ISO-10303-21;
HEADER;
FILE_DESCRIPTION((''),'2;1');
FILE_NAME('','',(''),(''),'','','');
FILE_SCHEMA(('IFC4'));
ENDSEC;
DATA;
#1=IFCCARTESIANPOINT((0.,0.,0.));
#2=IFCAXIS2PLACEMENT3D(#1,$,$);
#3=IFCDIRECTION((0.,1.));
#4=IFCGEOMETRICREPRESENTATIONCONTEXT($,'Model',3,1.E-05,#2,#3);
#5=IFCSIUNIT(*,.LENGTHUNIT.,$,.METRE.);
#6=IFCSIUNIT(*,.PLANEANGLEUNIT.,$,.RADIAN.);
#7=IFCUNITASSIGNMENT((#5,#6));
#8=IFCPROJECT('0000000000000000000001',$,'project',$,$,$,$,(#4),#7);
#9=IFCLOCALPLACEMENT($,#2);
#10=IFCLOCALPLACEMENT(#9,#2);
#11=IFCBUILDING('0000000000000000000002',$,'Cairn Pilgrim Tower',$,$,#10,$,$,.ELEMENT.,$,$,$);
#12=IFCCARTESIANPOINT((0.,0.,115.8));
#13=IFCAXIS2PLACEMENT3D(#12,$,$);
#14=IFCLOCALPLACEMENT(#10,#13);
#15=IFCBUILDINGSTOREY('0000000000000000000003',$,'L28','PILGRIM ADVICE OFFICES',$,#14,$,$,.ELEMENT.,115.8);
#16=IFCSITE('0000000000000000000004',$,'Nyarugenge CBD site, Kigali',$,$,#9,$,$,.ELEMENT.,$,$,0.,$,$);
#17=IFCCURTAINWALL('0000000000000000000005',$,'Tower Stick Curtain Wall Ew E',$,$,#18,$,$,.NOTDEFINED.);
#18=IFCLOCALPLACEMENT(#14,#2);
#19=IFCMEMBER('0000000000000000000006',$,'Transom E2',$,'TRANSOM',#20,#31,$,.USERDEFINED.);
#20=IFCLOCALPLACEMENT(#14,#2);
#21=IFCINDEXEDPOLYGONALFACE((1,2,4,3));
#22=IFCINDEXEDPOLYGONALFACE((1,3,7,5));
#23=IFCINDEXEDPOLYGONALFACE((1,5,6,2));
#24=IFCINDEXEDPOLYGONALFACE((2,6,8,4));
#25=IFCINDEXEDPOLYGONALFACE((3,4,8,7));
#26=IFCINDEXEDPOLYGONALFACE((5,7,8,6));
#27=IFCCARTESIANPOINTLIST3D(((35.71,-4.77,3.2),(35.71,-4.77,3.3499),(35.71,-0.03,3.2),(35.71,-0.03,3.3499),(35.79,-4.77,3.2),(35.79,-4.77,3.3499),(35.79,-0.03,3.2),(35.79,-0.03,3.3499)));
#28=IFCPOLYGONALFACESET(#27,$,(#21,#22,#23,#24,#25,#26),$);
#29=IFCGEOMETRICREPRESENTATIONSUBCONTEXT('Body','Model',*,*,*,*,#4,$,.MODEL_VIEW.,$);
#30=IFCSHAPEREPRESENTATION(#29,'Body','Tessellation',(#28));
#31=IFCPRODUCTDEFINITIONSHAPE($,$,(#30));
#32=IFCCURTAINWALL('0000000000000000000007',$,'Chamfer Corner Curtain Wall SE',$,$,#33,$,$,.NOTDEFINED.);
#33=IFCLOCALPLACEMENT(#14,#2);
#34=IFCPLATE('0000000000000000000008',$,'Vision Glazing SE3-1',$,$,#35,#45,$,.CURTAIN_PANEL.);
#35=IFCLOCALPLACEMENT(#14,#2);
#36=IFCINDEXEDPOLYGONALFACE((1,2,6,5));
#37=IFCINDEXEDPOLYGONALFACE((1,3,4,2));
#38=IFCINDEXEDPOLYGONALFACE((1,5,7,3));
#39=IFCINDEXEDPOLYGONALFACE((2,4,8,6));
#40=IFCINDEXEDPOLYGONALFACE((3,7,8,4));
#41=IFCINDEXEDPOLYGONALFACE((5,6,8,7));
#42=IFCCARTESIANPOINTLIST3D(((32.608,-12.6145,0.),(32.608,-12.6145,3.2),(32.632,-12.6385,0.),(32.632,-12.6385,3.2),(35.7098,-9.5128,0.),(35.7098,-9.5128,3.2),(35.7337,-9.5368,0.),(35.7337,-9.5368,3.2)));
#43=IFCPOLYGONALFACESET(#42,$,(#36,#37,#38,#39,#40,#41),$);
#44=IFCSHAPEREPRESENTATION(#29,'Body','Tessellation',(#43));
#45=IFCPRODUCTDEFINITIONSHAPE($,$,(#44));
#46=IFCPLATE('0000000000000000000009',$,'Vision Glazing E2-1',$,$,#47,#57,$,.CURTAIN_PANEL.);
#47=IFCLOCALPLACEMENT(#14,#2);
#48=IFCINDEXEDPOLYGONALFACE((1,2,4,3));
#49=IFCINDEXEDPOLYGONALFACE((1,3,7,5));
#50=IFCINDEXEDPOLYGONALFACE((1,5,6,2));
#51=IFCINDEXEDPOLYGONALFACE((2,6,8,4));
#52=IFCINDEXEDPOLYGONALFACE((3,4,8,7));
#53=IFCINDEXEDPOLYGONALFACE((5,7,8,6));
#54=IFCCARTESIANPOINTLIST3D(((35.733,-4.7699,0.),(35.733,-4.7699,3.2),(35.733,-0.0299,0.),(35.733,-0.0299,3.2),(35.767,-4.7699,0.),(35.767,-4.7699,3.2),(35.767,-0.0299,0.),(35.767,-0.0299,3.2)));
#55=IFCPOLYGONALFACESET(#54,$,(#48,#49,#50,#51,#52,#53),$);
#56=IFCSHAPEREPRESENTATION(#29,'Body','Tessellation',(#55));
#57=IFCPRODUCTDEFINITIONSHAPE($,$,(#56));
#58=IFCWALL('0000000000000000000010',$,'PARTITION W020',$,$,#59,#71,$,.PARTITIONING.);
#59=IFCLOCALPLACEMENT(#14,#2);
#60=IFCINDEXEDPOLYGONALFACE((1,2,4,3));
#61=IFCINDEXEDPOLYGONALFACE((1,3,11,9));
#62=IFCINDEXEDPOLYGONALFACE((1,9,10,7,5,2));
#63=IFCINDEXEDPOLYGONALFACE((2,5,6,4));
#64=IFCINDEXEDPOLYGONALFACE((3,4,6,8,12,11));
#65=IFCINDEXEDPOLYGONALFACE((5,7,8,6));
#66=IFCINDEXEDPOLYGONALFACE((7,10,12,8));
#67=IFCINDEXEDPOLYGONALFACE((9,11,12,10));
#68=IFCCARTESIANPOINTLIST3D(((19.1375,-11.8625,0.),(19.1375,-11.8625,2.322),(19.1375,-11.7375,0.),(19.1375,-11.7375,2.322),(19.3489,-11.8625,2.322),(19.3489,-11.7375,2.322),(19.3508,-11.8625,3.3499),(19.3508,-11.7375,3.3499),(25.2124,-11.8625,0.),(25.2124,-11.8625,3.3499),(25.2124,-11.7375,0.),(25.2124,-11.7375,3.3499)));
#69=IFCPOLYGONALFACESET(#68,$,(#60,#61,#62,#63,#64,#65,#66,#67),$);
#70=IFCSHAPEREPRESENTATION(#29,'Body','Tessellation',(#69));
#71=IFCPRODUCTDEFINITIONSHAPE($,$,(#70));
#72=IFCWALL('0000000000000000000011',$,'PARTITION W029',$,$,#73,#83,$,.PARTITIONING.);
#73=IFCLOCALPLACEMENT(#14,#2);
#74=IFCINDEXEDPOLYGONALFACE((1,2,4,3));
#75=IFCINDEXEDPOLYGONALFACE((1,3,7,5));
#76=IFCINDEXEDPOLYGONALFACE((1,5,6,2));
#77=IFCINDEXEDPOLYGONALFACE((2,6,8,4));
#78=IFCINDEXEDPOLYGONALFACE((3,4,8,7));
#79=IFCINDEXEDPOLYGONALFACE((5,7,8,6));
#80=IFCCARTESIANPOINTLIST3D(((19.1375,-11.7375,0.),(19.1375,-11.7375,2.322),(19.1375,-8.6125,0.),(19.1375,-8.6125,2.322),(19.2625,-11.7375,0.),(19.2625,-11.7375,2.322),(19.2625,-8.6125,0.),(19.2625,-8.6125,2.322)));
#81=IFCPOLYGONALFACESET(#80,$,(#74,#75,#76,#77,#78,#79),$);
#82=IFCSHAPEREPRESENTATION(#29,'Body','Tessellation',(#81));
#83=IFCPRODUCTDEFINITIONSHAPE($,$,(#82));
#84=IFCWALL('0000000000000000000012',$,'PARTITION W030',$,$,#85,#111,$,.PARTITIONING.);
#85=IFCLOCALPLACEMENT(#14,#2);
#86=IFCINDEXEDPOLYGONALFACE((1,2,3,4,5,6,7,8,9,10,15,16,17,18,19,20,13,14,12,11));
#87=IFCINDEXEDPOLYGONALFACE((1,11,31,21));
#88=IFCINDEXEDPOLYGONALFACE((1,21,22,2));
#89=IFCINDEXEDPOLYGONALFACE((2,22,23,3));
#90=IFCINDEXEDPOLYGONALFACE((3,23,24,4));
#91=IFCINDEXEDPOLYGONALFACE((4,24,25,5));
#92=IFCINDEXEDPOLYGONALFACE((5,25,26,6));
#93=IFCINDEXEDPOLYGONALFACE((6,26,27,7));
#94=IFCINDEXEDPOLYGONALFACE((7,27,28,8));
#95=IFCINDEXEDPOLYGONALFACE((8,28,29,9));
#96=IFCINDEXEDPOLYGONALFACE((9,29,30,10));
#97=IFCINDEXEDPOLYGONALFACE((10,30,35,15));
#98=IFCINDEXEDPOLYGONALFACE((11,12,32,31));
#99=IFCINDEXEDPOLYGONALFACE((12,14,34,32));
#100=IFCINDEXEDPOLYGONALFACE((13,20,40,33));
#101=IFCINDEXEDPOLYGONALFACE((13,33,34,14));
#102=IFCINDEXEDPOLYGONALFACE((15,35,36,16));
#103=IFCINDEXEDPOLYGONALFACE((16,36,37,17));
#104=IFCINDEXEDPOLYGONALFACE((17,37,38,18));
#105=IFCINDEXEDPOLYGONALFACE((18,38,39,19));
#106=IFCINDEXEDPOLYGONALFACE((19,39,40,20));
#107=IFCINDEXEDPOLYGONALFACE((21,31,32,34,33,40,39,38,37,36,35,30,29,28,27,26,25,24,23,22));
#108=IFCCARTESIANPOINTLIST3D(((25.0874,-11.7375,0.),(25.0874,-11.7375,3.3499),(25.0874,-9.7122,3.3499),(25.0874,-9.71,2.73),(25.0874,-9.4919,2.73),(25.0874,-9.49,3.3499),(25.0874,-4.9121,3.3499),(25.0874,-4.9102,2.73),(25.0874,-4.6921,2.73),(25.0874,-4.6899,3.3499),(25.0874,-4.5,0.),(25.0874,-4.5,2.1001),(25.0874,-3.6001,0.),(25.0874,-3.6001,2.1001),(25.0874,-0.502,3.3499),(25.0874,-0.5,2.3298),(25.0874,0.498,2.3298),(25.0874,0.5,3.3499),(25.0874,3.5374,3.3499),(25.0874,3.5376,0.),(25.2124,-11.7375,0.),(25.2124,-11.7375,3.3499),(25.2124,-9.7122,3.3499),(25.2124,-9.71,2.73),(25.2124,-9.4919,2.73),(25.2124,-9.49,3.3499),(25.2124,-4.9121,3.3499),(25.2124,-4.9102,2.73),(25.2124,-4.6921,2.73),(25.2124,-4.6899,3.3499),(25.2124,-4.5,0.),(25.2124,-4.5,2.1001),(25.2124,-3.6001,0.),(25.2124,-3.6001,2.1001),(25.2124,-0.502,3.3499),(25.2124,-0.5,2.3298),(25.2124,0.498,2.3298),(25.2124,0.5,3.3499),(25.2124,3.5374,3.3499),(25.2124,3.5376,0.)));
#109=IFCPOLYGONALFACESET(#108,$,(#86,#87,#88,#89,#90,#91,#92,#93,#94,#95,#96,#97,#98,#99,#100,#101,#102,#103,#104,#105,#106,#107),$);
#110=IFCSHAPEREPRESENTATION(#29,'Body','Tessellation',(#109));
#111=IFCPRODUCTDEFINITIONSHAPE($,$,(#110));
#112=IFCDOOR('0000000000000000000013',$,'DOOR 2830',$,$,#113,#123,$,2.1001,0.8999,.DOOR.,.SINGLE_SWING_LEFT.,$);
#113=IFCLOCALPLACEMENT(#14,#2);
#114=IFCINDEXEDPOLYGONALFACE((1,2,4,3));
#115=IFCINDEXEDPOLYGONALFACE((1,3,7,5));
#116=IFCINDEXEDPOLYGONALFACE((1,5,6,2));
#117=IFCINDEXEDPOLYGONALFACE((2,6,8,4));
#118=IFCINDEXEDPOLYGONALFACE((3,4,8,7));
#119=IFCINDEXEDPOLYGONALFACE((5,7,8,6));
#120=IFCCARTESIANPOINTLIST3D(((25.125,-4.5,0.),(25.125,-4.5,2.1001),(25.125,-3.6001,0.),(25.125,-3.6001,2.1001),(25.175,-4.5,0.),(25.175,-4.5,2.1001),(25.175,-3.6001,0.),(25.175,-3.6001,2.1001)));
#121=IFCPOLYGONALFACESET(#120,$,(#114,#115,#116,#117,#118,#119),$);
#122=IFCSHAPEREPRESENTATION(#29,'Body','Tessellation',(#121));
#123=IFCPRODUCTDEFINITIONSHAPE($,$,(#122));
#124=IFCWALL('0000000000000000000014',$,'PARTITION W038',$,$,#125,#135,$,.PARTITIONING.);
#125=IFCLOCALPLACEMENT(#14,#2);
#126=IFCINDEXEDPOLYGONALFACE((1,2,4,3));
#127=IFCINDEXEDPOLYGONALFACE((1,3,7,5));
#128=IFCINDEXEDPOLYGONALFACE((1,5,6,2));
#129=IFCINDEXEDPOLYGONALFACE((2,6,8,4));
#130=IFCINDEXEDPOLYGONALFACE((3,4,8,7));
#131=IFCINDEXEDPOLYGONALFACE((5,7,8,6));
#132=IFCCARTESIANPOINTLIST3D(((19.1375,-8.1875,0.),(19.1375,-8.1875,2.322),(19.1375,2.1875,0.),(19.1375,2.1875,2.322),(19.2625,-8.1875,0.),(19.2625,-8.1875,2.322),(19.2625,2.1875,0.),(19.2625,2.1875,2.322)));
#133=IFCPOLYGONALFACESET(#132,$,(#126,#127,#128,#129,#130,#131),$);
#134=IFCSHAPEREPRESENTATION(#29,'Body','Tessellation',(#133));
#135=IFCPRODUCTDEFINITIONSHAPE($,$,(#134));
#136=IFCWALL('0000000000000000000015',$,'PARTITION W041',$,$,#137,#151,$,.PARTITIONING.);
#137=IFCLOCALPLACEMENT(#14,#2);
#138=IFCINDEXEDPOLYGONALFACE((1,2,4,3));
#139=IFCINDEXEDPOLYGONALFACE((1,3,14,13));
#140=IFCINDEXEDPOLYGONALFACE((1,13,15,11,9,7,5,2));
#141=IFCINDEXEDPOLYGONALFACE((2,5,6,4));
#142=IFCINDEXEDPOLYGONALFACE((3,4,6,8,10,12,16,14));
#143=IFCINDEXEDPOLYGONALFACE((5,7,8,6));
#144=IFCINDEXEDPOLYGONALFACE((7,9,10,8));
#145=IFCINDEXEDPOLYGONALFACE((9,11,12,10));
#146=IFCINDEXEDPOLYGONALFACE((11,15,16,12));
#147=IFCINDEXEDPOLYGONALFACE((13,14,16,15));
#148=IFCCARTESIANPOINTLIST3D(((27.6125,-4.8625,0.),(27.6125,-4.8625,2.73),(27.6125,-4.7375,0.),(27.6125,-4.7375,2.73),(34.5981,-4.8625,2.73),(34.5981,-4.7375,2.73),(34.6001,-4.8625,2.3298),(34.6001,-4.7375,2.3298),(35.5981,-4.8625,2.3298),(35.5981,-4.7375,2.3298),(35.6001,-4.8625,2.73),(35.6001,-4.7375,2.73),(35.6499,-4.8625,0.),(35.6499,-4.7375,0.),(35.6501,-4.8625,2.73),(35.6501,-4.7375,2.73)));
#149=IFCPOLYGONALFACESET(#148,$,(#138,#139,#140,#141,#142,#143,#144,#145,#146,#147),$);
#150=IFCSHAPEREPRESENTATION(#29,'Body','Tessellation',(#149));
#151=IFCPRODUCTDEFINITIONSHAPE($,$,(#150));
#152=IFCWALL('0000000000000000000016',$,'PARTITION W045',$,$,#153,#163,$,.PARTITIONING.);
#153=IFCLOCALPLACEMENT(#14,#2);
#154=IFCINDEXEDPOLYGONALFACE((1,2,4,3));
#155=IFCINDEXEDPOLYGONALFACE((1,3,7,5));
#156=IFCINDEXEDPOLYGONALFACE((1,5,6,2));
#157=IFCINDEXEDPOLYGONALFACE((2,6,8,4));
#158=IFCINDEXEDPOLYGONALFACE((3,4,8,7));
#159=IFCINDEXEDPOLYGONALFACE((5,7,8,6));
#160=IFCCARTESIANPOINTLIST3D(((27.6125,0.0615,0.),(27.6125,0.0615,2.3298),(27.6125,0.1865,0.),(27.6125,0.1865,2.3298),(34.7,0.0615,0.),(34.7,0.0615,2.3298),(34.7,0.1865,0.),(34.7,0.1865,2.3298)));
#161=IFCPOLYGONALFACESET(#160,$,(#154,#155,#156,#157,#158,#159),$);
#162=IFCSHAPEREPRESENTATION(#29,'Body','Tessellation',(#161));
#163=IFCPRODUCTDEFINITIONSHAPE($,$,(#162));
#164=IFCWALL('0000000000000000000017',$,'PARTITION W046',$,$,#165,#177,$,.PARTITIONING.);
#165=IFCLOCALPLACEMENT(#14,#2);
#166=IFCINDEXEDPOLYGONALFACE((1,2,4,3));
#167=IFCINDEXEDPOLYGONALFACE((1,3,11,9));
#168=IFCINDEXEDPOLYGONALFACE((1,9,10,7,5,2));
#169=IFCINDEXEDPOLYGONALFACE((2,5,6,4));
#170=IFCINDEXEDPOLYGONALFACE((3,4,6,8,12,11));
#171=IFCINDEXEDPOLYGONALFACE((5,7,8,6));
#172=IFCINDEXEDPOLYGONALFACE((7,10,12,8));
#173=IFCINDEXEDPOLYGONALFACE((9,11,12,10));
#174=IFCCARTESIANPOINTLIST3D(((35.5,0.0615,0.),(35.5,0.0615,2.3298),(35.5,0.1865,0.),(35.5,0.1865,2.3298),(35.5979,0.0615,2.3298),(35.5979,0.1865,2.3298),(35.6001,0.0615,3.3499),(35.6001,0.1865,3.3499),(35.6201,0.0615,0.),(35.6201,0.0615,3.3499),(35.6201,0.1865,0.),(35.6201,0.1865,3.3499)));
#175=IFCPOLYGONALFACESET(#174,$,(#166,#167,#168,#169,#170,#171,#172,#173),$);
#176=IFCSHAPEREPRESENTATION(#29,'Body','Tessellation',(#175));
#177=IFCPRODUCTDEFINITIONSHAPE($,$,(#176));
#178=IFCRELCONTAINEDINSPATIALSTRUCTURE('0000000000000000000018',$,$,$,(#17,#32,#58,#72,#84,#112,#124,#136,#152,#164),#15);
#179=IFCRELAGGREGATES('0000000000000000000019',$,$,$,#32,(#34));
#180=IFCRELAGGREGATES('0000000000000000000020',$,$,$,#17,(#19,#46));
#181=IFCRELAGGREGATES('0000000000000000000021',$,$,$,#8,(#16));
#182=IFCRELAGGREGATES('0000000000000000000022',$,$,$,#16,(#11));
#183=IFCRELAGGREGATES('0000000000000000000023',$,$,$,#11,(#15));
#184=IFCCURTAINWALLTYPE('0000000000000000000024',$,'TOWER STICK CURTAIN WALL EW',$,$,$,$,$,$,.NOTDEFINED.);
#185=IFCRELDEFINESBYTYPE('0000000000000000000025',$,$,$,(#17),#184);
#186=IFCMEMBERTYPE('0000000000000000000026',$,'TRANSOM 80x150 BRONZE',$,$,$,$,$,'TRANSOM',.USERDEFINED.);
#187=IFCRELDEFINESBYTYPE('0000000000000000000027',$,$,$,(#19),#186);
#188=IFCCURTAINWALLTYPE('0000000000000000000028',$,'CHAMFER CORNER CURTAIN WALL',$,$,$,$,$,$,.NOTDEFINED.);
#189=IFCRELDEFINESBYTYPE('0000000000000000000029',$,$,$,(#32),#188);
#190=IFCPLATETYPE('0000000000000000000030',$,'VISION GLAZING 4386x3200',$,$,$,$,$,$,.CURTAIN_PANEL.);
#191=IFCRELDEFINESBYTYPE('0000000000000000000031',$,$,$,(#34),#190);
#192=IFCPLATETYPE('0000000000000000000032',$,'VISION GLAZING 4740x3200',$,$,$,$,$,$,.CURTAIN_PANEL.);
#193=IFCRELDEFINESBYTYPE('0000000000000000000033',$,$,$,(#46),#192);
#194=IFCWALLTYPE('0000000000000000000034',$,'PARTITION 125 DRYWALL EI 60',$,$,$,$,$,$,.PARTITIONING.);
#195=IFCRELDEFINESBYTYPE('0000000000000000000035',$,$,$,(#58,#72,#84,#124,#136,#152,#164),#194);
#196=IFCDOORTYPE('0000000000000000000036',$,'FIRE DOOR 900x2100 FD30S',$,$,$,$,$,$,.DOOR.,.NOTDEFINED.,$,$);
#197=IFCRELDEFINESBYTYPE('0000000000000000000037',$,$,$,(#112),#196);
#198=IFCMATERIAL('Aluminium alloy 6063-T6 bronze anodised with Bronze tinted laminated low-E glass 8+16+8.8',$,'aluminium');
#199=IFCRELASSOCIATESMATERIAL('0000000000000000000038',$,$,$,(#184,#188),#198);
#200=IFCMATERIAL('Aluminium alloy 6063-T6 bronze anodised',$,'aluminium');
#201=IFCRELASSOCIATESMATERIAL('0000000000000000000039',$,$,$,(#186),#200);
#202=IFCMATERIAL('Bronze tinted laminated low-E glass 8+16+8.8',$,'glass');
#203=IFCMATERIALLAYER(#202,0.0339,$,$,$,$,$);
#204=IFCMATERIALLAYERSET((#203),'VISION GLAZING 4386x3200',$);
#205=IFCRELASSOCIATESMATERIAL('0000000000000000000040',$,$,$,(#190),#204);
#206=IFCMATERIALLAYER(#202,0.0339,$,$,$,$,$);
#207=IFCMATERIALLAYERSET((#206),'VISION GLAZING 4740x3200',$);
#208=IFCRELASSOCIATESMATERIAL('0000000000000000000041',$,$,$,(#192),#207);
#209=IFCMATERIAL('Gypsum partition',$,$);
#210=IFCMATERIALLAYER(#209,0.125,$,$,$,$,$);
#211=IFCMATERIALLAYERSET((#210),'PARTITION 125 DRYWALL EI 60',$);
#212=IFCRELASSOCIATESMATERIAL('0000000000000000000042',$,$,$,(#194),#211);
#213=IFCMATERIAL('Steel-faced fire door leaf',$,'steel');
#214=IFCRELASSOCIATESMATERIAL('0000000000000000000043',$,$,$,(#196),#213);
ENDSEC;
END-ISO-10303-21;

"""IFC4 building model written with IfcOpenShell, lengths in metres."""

from ifc_helpers import new_model, si_unit, direction, frame, frame_2d, origin, origin_2d, place, context, subcontext, project, spatial, polyline, rectangle, outline, extrude, material, layer, layer_set, material_profile, profile_set, type_object, element, fill, aggregate, save


model = new_model("IFC4")

# Units and contexts
model_context = context("Model", 3, precision=1e-05, world=origin(), true_north=direction((0.0, 1.0)))
body_context = subcontext(model_context, "Body", "Model", "MODEL_VIEW")
ifc_project = project(units=[si_unit("LENGTHUNIT", "METRE"), si_unit("PLANEANGLEUNIT", "RADIAN")], contexts=[model_context])

# Site, building, storey
site_placement = place(None, origin())
site = spatial("IfcSite", under=ifc_project, at=site_placement, Name="Nyarugenge CBD site, Kigali", CompositionType="ELEMENT", RefElevation=0.0)
building_placement = place(site_placement, origin())
building = spatial("IfcBuilding", under=site, at=building_placement, Name="Cairn Pilgrim Tower", CompositionType="ELEMENT")
storey_placement = place(building_placement, frame((0.0, 0.0, 115.8)))
storey = spatial("IfcBuildingStorey", under=building, at=storey_placement, Name="L28", Description="PILGRIM ADVICE OFFICES", CompositionType="ELEMENT", Elevation=115.8)

# Curtain wall
ifc_material_1 = material(Name="Aluminium alloy 6063-T6 bronze anodised with Bronze tinted laminated low-E glass 8+16+8.8", Category="aluminium")
curtain_wall_type_1 = type_object("IfcCurtainWallType", Name="TOWER STICK CURTAIN WALL EW", PredefinedType="NOTDEFINED", material=ifc_material_1)
curtain_wall_1_placement = place(storey_placement, origin())
curtain_wall_1 = element("IfcCurtainWall", 1, at=curtain_wall_1_placement, inside=storey, type_object=curtain_wall_type_1, Name="Tower Stick Curtain Wall Ew E", PredefinedType="NOTDEFINED")
ifc_material_2 = material(Name="Aluminium alloy 6063-T6 bronze anodised", Category="aluminium")

# Member
ifc_material_profile_1 = material_profile(ifc_material_2, rectangle(XDim=0.0801, YDim=0.1499, at=origin_2d()), Name="TRANSOM 80x150 BRONZE")
ifc_profile_set_1 = profile_set([ifc_material_profile_1], Name="Aluminium alloy 6063-T6 bronze anodised")
member_type_1 = type_object("IfcMemberType", Name="TRANSOM 80x150 BRONZE", ElementType="TRANSOM", PredefinedType="USERDEFINED", material=ifc_profile_set_1)
member_1_placement = place(storey_placement, frame((35.75, -4.77, 3.2749), z_axis=(0.0, 1.0, 0.0), x_axis=(-1.0, 0.0, 0.0)))
member_1 = element("IfcMember", 2, at=member_1_placement, type_object=member_type_1, Name="Transom E2", ObjectType="TRANSOM", PredefinedType="USERDEFINED", context=body_context, shape_type="SweptSolid", body=[
    extrude(rectangle(XDim=0.0801, YDim=0.1499, at=origin_2d()), origin(), (0.0, 0.0, 1.0), 4.74),
])

# Curtain wall, plate
curtain_wall_type_2 = type_object("IfcCurtainWallType", Name="CHAMFER CORNER CURTAIN WALL", PredefinedType="NOTDEFINED", material=ifc_material_1)
curtain_wall_2_placement = place(storey_placement, origin())
curtain_wall_2 = element("IfcCurtainWall", 3, at=curtain_wall_2_placement, inside=storey, type_object=curtain_wall_type_2, Name="Chamfer Corner Curtain Wall SE", PredefinedType="NOTDEFINED")
ifc_material_3 = material(Name="Bronze tinted laminated low-E glass 8+16+8.8", Category="glass")
ifc_layer_1 = layer(ifc_material_3, 0.0339)
ifc_layer_set_1 = layer_set([ifc_layer_1], Name="VISION GLAZING 4386x3200")
plate_type_1 = type_object("IfcPlateType", Name="VISION GLAZING 4386x3200", PredefinedType="CURTAIN_PANEL", material=ifc_layer_set_1)
plate_1_placement = place(storey_placement, frame((34.1709, -11.0757, 0.0), z_axis=(0.0, 0.0, 1.0), x_axis=(0.707107, 0.707107, 0.0)))
plate_1 = element("IfcPlate", 4, at=plate_1_placement, type_object=plate_type_1, Name="Vision Glazing SE3-1", PredefinedType="CURTAIN_PANEL", context=body_context, shape_type="SweptSolid", body=[
    extrude(rectangle(XDim=4.3865, YDim=0.0339, at=origin_2d()), origin(), (0.0, 0.0, 1.0), 3.2),
])
aggregate(curtain_wall_2, [plate_1])

# Plate
ifc_layer_2 = layer(ifc_material_3, 0.0339)
ifc_layer_set_2 = layer_set([ifc_layer_2], Name="VISION GLAZING 4740x3200")
plate_type_2 = type_object("IfcPlateType", Name="VISION GLAZING 4740x3200", PredefinedType="CURTAIN_PANEL", material=ifc_layer_set_2)
plate_2_placement = place(storey_placement, frame((35.75, -2.3999, 0.0), z_axis=(0.0, 0.0, 1.0), x_axis=(0.0, 1.0, 0.0)))
plate_2 = element("IfcPlate", 5, at=plate_2_placement, type_object=plate_type_2, Name="Vision Glazing E2-1", PredefinedType="CURTAIN_PANEL", context=body_context, shape_type="SweptSolid", body=[
    extrude(rectangle(XDim=4.74, YDim=0.0339, at=origin_2d()), origin(), (0.0, 0.0, 1.0), 3.2),
])
aggregate(curtain_wall_1, [member_1, plate_2])

# Walls
ifc_material_4 = material(Name="Gypsum partition")
ifc_layer_3 = layer(ifc_material_4, 0.125)
ifc_layer_set_3 = layer_set([ifc_layer_3], Name="PARTITION 125 DRYWALL EI 60")
wall_type_1 = type_object("IfcWallType", Name="PARTITION 125 DRYWALL EI 60", PredefinedType="PARTITIONING", material=ifc_layer_set_3)
wall_1_placement = place(storey_placement, frame((19.1375, -11.8, 0.0), z_axis=(0.0, 0.0, 1.0), x_axis=(1.0, 0.0, 0.0)))
element("IfcWall", 6, at=wall_1_placement, inside=storey, type_object=wall_type_1, Name="PARTITION W020", PredefinedType="PARTITIONING", context=body_context, shape_type="SweptSolid", body=[
    extrude(outline(polyline([(0.0, 0.0), (6.075, 0.0), (6.075, 3.3499), (0.2134, 3.3499), (0.2114, 2.322), (0.0, 2.322), (0.0, 0.0)])), frame((0.0, 0.0625, 0.0), z_axis=(0.0, -1.0, 0.0), x_axis=(1.0, 0.0, 0.0)), (0.0, 0.0, 1.0), 0.125),
])
wall_2_placement = place(storey_placement, frame((19.2, -11.7375, 0.0), z_axis=(0.0, 0.0, 1.0), x_axis=(0.0, 1.0, 0.0)))
element("IfcWall", 7, at=wall_2_placement, inside=storey, type_object=wall_type_1, Name="PARTITION W029", PredefinedType="PARTITIONING", context=body_context, shape_type="SweptSolid", body=[
    extrude(rectangle(XDim=3.125, YDim=0.125, at=frame_2d((1.5625, 0.0))), origin(), (0.0, 0.0, 1.0), 2.322),
])

# Wall, opening, door
wall_3_placement = place(storey_placement, frame((25.1499, -11.7375, 0.0), z_axis=(0.0, 0.0, 1.0), x_axis=(0.0, 1.0, 0.0)))
wall_3 = element("IfcWall", 8, at=wall_3_placement, inside=storey, type_object=wall_type_1, Name="PARTITION W030", PredefinedType="PARTITIONING", context=body_context, shape_type="SweptSolid", body=[
    extrude(outline(polyline([(0.0, 0.0), (15.2751, 0.0), (15.2749, 3.3499), (12.2375, 3.3499), (12.2356, 2.3298), (11.2375, 2.3298), (11.2356, 3.3499), (7.0476, 3.3499), (7.0454, 2.73), (6.8274, 2.73), (6.8254, 3.3499), (2.2476, 3.3499), (2.2456, 2.73), (2.0276, 2.73), (2.0254, 3.3499), (0.0, 3.3499), (0.0, 0.0)])), frame((0.0, 0.0625, 0.0), z_axis=(0.0, -1.0, 0.0), x_axis=(1.0, 0.0, 0.0)), (0.0, 0.0, 1.0), 0.125),
])
opening_1_placement = place(wall_3_placement, frame((7.2375, 0.0, 0.0)))
opening_1 = element("IfcOpeningElement", 9, at=opening_1_placement, cuts=wall_3, PredefinedType="OPENING", context=body_context, shape_type="SweptSolid", body=[
    extrude(rectangle(XDim=0.8999, YDim=2.1001, at=frame_2d((0.45, 1.05))), frame((0.0, 0.0725, 0.0), z_axis=(0.0, -1.0, 0.0), x_axis=(1.0, 0.0, 0.0)), (0.0, 0.0, 1.0), 0.145),
])
ifc_material_5 = material(Name="Steel-faced fire door leaf", Category="steel")
door_type_1 = type_object("IfcDoorType", Name="FIRE DOOR 900x2100 FD30S", OperationType="NOTDEFINED", PredefinedType="DOOR", material=ifc_material_5)
door_1_placement = place(opening_1_placement, origin())
door_1 = element("IfcDoor", 10, at=door_1_placement, inside=storey, type_object=door_type_1, Name="DOOR 2830", OperationType="SINGLE_SWING_LEFT", OverallHeight=2.1001, OverallWidth=0.8999, PredefinedType="DOOR", context=body_context, shape_type="SweptSolid", body=[
    extrude(rectangle(XDim=0.8999, YDim=2.1001, at=frame_2d((0.45, 1.05))), frame((0.0, 0.0249, 0.0), z_axis=(0.0, -1.0, 0.0), x_axis=(1.0, 0.0, 0.0)), (0.0, 0.0, 1.0), 0.05),
])
fill(opening_1, door_1)

# Walls
wall_4_placement = place(storey_placement, frame((19.2, -8.1875, 0.0), z_axis=(0.0, 0.0, 1.0), x_axis=(0.0, 1.0, 0.0)))
element("IfcWall", 11, at=wall_4_placement, inside=storey, type_object=wall_type_1, Name="PARTITION W038", PredefinedType="PARTITIONING", context=body_context, shape_type="SweptSolid", body=[
    extrude(rectangle(XDim=10.375, YDim=0.125, at=frame_2d((5.1875, 0.0))), origin(), (0.0, 0.0, 1.0), 2.322),
])
wall_5_placement = place(storey_placement, frame((27.6125, -4.8, 0.0), z_axis=(0.0, 0.0, 1.0), x_axis=(1.0, 0.0, 0.0)))
element("IfcWall", 12, at=wall_5_placement, inside=storey, type_object=wall_type_1, Name="PARTITION W041", PredefinedType="PARTITIONING", context=body_context, shape_type="SweptSolid", body=[
    extrude(outline(polyline([(0.0, 0.0), (8.0374, 0.0), (8.0376, 2.73), (7.9875, 2.73), (7.9856, 2.3298), (6.9875, 2.3298), (6.9856, 2.73), (0.0, 2.73), (0.0, 0.0)])), frame((0.0, 0.0625, 0.0), z_axis=(0.0, -1.0, 0.0), x_axis=(1.0, 0.0, 0.0)), (0.0, 0.0, 1.0), 0.125),
])
wall_6_placement = place(storey_placement, frame((27.6125, 0.124, 0.0), z_axis=(0.0, 0.0, 1.0), x_axis=(1.0, 0.0, 0.0)))
element("IfcWall", 13, at=wall_6_placement, inside=storey, type_object=wall_type_1, Name="PARTITION W045", PredefinedType="PARTITIONING", context=body_context, shape_type="SweptSolid", body=[
    extrude(rectangle(XDim=7.0874, YDim=0.125, at=frame_2d((3.5437, 0.0))), origin(), (0.0, 0.0, 1.0), 2.3298),
])
wall_7_placement = place(storey_placement, frame((35.5, 0.124, 0.0), z_axis=(0.0, 0.0, 1.0), x_axis=(1.0, 0.0, 0.0)))
element("IfcWall", 14, at=wall_7_placement, inside=storey, type_object=wall_type_1, Name="PARTITION W046", PredefinedType="PARTITIONING", context=body_context, shape_type="SweptSolid", body=[
    extrude(outline(polyline([(0.0, 0.0), (0.1201, 0.0), (0.1201, 3.3499), (0.1001, 3.3499), (0.0979, 2.3298), (0.0, 2.3298), (0.0, 0.0)])), frame((0.0, 0.0625, 0.0), z_axis=(0.0, -1.0, 0.0), x_axis=(1.0, 0.0, 0.0)), (0.0, 0.0, 1.0), 0.125),
])

save(model, "model.ifc")
